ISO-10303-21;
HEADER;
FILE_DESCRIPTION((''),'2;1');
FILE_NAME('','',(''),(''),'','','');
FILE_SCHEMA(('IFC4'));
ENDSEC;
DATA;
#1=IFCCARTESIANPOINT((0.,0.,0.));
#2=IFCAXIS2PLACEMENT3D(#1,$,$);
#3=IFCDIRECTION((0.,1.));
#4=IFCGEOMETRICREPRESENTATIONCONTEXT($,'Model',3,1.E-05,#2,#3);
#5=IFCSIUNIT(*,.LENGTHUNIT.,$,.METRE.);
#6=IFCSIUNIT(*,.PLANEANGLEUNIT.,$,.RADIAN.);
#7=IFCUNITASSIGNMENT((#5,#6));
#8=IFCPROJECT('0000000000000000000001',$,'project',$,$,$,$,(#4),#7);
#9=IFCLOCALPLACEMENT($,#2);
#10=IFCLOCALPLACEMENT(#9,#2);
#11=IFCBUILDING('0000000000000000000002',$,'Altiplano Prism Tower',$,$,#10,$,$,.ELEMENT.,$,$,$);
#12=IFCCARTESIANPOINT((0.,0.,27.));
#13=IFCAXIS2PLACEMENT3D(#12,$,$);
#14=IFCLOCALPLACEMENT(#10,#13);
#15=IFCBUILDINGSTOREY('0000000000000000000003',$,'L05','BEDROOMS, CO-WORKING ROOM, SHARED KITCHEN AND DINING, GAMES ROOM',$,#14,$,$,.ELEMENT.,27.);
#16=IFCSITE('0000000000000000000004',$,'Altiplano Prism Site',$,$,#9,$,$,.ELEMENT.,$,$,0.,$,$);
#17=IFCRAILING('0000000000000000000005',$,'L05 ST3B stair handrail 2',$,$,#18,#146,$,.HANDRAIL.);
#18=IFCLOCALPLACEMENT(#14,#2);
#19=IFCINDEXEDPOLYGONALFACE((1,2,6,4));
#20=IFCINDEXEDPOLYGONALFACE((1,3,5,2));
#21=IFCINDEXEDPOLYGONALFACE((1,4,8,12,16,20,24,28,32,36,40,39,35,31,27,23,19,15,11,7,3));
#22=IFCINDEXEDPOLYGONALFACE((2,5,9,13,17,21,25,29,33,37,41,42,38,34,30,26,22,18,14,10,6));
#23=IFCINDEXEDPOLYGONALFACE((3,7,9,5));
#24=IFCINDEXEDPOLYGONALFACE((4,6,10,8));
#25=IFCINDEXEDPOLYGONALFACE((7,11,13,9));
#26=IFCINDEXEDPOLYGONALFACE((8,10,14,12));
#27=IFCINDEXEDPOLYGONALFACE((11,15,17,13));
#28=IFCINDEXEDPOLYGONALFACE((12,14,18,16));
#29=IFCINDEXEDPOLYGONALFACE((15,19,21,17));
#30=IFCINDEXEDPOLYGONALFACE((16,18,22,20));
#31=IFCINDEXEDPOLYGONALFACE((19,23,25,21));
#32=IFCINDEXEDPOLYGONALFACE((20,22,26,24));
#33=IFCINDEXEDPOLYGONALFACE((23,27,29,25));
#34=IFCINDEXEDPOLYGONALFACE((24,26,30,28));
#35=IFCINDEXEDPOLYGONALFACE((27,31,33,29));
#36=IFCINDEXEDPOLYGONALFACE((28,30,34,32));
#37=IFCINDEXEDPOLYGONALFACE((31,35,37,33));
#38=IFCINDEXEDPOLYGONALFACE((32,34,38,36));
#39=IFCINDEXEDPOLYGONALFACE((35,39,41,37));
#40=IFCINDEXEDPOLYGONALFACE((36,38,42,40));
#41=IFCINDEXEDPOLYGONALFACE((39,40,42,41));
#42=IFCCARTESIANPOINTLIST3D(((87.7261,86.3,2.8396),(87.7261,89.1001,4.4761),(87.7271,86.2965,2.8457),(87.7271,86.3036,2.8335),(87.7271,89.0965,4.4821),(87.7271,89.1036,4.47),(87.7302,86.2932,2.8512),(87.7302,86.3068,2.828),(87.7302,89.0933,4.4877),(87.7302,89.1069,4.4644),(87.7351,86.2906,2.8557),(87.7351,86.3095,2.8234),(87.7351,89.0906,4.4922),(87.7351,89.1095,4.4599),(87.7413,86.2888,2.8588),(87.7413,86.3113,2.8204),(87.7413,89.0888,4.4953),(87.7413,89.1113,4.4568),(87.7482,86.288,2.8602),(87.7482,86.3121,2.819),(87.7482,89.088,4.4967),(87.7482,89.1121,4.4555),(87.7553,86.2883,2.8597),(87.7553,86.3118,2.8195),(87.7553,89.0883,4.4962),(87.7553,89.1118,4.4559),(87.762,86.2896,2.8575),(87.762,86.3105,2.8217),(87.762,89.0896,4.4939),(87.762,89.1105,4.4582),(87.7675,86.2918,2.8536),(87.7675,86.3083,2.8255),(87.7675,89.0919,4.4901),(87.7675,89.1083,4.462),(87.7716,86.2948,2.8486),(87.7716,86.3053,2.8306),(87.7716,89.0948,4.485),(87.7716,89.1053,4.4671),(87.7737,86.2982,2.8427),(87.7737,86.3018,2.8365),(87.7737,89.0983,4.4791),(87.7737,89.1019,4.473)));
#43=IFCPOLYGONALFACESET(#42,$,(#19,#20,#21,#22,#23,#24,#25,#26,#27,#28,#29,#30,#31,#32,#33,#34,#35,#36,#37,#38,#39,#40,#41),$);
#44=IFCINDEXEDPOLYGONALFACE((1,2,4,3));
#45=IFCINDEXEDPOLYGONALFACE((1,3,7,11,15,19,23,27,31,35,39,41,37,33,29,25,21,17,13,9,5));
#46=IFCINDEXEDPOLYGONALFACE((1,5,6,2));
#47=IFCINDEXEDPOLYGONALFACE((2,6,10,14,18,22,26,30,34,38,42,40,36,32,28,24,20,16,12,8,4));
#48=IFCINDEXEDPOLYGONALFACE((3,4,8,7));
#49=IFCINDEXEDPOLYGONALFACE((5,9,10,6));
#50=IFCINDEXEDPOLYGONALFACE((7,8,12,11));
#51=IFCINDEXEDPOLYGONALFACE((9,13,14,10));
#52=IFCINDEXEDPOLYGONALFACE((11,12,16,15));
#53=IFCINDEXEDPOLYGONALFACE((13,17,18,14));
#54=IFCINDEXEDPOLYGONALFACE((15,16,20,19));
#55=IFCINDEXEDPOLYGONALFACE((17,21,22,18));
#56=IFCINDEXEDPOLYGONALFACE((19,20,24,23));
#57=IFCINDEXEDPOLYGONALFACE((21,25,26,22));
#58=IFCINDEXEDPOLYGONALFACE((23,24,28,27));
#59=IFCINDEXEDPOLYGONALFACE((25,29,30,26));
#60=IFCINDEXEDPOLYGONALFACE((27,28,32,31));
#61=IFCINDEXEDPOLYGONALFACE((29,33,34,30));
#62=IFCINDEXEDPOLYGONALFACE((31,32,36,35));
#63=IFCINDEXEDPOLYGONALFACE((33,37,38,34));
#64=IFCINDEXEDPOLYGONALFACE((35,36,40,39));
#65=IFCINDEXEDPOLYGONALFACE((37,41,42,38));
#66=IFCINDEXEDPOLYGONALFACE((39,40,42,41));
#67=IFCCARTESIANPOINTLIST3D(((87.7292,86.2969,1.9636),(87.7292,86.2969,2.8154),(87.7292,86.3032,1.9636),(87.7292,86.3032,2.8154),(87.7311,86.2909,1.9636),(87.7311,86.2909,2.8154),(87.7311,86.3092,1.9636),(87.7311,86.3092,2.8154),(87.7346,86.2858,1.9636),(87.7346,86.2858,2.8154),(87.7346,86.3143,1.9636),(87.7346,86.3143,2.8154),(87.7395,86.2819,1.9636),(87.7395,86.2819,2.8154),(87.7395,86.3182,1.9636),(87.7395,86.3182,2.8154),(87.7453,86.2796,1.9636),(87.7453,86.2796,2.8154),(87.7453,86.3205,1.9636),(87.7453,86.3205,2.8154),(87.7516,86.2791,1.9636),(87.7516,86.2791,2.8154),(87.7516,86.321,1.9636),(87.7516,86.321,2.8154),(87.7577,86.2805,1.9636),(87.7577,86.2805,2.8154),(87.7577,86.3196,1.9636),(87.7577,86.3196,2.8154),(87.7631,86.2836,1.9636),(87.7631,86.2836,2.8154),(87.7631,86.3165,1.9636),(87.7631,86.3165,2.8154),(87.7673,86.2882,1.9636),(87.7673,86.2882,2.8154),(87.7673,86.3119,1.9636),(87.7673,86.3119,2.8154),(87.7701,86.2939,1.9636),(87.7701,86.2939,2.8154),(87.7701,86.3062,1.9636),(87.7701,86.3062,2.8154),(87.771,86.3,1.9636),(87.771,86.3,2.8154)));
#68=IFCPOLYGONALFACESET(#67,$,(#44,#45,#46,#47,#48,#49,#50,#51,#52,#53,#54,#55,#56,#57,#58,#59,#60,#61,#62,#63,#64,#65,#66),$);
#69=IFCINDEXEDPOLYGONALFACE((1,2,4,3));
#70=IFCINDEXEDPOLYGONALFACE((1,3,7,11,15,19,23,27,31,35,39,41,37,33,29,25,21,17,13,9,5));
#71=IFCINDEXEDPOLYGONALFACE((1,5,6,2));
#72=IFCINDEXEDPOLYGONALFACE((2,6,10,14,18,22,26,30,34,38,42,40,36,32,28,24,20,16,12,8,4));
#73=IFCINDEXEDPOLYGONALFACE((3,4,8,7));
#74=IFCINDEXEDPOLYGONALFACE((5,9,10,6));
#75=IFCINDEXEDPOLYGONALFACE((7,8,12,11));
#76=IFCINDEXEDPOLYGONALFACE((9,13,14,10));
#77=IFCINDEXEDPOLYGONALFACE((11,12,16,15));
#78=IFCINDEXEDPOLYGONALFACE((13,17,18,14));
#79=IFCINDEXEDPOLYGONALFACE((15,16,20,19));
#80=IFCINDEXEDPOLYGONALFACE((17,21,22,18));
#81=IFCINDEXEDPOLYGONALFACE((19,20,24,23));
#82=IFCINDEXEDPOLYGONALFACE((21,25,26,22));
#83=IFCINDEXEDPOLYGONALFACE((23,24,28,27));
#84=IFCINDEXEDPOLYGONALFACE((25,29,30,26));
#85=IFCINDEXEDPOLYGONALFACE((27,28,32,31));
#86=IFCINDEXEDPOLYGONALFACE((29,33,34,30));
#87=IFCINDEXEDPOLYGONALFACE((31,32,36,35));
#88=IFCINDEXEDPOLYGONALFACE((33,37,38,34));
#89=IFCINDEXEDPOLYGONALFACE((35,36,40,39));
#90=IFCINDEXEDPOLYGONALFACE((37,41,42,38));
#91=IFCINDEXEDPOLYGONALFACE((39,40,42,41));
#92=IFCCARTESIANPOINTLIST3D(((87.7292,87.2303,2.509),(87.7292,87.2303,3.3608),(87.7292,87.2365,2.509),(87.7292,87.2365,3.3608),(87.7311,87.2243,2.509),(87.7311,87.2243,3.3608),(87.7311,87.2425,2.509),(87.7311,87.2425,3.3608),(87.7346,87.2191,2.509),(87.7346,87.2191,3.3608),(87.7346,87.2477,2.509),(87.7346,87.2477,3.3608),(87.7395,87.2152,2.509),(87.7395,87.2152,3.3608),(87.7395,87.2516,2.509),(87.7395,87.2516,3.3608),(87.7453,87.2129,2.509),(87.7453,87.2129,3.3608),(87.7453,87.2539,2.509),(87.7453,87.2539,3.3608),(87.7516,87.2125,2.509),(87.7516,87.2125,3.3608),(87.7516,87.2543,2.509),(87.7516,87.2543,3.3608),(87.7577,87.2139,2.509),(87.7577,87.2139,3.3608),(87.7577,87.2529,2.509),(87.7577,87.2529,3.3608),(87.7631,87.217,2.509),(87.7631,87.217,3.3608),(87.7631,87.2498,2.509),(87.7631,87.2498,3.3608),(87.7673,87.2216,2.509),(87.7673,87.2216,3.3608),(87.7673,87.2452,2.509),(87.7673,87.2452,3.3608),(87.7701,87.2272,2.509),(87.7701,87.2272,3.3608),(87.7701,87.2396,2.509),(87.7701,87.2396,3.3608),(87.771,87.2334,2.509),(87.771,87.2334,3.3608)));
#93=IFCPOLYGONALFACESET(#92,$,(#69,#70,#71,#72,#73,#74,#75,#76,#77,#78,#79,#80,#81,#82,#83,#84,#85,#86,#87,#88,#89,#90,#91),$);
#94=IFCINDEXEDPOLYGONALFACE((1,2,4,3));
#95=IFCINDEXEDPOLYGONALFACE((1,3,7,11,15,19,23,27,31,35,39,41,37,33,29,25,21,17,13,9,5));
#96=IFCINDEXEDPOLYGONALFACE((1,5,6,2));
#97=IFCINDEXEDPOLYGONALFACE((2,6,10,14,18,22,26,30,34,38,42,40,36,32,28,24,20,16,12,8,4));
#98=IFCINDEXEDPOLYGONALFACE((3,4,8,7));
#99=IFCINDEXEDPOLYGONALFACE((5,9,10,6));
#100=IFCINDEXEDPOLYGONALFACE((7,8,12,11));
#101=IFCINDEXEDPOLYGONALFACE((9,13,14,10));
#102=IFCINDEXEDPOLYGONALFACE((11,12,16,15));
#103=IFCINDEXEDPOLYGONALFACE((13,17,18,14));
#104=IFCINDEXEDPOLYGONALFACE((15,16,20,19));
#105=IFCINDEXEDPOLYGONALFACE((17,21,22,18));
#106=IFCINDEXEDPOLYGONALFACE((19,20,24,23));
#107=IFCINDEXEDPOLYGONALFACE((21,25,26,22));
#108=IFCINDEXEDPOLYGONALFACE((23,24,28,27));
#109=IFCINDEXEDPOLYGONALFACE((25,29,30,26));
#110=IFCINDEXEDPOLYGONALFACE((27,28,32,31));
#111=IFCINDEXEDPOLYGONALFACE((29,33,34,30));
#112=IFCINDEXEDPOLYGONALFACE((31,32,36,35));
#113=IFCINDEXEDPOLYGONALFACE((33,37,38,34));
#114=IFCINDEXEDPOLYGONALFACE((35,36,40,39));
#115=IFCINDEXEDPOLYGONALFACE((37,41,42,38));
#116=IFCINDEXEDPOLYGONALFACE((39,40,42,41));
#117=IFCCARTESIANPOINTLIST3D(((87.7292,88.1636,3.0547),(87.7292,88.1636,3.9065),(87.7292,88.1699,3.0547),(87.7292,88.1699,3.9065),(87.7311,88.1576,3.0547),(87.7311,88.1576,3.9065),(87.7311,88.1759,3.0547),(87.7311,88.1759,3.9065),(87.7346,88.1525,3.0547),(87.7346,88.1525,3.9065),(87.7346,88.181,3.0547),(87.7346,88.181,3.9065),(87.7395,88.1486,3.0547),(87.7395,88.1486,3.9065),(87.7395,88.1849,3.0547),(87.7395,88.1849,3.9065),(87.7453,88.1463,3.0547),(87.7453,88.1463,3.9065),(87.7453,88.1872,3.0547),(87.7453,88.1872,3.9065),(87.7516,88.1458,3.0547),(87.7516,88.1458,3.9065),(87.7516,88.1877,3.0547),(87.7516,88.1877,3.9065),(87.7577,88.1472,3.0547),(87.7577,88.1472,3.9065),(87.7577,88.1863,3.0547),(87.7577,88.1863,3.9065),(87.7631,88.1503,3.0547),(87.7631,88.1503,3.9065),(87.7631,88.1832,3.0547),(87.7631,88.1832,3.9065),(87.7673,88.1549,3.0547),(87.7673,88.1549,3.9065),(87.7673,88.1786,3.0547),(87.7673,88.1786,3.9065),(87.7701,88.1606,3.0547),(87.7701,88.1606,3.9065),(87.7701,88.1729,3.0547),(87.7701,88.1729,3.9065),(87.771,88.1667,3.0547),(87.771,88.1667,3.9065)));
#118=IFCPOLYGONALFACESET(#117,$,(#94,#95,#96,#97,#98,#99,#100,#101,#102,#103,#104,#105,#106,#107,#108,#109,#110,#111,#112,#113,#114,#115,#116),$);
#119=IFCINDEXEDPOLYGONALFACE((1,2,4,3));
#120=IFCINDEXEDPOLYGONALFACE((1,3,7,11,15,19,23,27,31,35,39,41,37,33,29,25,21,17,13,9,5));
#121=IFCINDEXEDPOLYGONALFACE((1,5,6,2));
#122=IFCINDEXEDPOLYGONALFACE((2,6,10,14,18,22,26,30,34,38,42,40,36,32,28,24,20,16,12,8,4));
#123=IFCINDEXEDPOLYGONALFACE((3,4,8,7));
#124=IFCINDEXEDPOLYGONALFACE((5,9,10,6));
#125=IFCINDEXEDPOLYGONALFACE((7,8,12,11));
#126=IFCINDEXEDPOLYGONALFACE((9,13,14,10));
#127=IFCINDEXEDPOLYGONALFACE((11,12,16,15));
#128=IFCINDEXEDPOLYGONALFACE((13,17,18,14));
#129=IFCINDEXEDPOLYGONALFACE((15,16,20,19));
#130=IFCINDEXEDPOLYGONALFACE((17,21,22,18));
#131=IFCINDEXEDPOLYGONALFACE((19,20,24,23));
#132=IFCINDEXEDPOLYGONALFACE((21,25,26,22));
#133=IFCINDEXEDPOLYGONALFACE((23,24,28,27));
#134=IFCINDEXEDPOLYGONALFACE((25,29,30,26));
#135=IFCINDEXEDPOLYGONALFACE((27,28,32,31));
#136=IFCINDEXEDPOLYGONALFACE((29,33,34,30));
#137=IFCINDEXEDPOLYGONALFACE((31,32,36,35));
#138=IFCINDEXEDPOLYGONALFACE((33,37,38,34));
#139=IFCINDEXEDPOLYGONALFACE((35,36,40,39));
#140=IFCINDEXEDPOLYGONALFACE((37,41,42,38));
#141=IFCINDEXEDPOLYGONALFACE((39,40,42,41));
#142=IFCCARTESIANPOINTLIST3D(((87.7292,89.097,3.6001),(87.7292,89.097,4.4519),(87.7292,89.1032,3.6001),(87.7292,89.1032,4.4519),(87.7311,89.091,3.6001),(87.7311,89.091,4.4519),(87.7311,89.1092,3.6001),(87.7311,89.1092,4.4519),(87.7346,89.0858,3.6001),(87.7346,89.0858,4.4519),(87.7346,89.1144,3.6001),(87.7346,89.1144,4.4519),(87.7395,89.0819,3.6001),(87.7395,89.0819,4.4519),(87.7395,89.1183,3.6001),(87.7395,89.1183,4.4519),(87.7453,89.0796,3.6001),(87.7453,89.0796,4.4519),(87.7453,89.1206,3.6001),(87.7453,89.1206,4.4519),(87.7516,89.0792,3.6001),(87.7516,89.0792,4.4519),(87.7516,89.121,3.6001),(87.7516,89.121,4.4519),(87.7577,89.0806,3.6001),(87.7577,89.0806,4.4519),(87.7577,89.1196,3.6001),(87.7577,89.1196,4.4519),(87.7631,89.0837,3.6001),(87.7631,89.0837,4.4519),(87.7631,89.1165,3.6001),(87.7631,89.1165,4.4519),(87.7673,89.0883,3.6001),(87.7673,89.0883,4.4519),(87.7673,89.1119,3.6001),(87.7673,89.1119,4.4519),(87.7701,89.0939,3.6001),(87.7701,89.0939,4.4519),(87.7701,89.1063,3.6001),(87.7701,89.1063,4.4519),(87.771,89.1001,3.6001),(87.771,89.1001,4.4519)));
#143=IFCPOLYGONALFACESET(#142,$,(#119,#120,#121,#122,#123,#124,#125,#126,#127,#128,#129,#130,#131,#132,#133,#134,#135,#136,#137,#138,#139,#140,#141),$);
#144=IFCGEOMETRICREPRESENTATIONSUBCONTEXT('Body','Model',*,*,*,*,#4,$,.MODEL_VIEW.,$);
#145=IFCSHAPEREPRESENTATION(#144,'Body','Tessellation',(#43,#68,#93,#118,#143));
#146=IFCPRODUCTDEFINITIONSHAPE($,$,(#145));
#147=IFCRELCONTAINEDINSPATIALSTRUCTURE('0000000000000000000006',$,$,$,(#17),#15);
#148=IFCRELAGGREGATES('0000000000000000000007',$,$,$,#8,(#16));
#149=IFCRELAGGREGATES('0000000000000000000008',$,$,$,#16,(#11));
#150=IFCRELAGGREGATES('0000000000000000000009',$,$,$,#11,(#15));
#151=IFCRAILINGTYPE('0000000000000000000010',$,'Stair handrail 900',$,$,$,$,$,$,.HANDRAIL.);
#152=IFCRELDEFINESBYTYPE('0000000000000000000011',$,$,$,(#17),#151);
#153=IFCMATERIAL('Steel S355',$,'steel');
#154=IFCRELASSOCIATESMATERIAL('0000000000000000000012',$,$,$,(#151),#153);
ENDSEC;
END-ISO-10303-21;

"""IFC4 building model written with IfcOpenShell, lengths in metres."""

from ifc_helpers import new_model, si_unit, direction, frame, origin, origin_2d, place, context, subcontext, project, spatial, circle, extrude, material, type_object, element, save


model = new_model("IFC4")

# Units and contexts
model_context = context("Model", 3, precision=1e-05, world=origin(), true_north=direction((0.0, 1.0)))
body_context = subcontext(model_context, "Body", "Model", "MODEL_VIEW")
ifc_project = project(units=[si_unit("LENGTHUNIT", "METRE"), si_unit("PLANEANGLEUNIT", "RADIAN")], contexts=[model_context])

# Site, building, storey
site_placement = place(None, origin())
site = spatial("IfcSite", under=ifc_project, at=site_placement, Name="Altiplano Prism Site", CompositionType="ELEMENT", RefElevation=0.0)
building_placement = place(site_placement, origin())
building = spatial("IfcBuilding", under=site, at=building_placement, Name="Altiplano Prism Tower", CompositionType="ELEMENT")
storey_placement = place(building_placement, frame((0.0, 0.0, 27.0)))
storey = spatial("IfcBuildingStorey", under=building, at=storey_placement, Name="L05", Description="BEDROOMS, CO-WORKING ROOM, SHARED KITCHEN AND DINING, GAMES ROOM", CompositionType="ELEMENT", Elevation=27.0)

# Railing
ifc_material_1 = material(Name="Steel S355", Category="steel")
railing_type_1 = type_object("IfcRailingType", Name="Stair handrail 900", PredefinedType="HANDRAIL", material=ifc_material_1)
railing_1_placement = place(storey_placement, frame((87.75, 86.3, 1.9636)))
element("IfcRailing", 1, at=railing_1_placement, inside=storey, type_object=railing_type_1, Name="L05 ST3B stair handrail 2", PredefinedType="HANDRAIL", context=body_context, shape_type="SweptSolid", body=[
    extrude(circle(Radius=0.0239, at=origin_2d()), frame((0.0, 0.0, 0.876), z_axis=(0.0, 0.863361, 0.504587), x_axis=(-1.0, 0.0, 0.0)), (0.0, 0.0, 1.0), 3.2432),
    extrude(circle(Radius=0.021, at=origin_2d()), origin(), (0.0, 0.0, 1.0), 0.8518),
    extrude(circle(Radius=0.021, at=origin_2d()), frame((0.0, 0.9333, 0.5454)), (0.0, 0.0, 1.0), 0.8518),
    extrude(circle(Radius=0.021, at=origin_2d()), frame((0.0, 1.8667, 1.0911)), (0.0, 0.0, 1.0), 0.8518),
    extrude(circle(Radius=0.021, at=origin_2d()), frame((0.0, 2.8, 1.6365)), (0.0, 0.0, 1.0), 0.8518),
])

save(model, "model.ifc")
